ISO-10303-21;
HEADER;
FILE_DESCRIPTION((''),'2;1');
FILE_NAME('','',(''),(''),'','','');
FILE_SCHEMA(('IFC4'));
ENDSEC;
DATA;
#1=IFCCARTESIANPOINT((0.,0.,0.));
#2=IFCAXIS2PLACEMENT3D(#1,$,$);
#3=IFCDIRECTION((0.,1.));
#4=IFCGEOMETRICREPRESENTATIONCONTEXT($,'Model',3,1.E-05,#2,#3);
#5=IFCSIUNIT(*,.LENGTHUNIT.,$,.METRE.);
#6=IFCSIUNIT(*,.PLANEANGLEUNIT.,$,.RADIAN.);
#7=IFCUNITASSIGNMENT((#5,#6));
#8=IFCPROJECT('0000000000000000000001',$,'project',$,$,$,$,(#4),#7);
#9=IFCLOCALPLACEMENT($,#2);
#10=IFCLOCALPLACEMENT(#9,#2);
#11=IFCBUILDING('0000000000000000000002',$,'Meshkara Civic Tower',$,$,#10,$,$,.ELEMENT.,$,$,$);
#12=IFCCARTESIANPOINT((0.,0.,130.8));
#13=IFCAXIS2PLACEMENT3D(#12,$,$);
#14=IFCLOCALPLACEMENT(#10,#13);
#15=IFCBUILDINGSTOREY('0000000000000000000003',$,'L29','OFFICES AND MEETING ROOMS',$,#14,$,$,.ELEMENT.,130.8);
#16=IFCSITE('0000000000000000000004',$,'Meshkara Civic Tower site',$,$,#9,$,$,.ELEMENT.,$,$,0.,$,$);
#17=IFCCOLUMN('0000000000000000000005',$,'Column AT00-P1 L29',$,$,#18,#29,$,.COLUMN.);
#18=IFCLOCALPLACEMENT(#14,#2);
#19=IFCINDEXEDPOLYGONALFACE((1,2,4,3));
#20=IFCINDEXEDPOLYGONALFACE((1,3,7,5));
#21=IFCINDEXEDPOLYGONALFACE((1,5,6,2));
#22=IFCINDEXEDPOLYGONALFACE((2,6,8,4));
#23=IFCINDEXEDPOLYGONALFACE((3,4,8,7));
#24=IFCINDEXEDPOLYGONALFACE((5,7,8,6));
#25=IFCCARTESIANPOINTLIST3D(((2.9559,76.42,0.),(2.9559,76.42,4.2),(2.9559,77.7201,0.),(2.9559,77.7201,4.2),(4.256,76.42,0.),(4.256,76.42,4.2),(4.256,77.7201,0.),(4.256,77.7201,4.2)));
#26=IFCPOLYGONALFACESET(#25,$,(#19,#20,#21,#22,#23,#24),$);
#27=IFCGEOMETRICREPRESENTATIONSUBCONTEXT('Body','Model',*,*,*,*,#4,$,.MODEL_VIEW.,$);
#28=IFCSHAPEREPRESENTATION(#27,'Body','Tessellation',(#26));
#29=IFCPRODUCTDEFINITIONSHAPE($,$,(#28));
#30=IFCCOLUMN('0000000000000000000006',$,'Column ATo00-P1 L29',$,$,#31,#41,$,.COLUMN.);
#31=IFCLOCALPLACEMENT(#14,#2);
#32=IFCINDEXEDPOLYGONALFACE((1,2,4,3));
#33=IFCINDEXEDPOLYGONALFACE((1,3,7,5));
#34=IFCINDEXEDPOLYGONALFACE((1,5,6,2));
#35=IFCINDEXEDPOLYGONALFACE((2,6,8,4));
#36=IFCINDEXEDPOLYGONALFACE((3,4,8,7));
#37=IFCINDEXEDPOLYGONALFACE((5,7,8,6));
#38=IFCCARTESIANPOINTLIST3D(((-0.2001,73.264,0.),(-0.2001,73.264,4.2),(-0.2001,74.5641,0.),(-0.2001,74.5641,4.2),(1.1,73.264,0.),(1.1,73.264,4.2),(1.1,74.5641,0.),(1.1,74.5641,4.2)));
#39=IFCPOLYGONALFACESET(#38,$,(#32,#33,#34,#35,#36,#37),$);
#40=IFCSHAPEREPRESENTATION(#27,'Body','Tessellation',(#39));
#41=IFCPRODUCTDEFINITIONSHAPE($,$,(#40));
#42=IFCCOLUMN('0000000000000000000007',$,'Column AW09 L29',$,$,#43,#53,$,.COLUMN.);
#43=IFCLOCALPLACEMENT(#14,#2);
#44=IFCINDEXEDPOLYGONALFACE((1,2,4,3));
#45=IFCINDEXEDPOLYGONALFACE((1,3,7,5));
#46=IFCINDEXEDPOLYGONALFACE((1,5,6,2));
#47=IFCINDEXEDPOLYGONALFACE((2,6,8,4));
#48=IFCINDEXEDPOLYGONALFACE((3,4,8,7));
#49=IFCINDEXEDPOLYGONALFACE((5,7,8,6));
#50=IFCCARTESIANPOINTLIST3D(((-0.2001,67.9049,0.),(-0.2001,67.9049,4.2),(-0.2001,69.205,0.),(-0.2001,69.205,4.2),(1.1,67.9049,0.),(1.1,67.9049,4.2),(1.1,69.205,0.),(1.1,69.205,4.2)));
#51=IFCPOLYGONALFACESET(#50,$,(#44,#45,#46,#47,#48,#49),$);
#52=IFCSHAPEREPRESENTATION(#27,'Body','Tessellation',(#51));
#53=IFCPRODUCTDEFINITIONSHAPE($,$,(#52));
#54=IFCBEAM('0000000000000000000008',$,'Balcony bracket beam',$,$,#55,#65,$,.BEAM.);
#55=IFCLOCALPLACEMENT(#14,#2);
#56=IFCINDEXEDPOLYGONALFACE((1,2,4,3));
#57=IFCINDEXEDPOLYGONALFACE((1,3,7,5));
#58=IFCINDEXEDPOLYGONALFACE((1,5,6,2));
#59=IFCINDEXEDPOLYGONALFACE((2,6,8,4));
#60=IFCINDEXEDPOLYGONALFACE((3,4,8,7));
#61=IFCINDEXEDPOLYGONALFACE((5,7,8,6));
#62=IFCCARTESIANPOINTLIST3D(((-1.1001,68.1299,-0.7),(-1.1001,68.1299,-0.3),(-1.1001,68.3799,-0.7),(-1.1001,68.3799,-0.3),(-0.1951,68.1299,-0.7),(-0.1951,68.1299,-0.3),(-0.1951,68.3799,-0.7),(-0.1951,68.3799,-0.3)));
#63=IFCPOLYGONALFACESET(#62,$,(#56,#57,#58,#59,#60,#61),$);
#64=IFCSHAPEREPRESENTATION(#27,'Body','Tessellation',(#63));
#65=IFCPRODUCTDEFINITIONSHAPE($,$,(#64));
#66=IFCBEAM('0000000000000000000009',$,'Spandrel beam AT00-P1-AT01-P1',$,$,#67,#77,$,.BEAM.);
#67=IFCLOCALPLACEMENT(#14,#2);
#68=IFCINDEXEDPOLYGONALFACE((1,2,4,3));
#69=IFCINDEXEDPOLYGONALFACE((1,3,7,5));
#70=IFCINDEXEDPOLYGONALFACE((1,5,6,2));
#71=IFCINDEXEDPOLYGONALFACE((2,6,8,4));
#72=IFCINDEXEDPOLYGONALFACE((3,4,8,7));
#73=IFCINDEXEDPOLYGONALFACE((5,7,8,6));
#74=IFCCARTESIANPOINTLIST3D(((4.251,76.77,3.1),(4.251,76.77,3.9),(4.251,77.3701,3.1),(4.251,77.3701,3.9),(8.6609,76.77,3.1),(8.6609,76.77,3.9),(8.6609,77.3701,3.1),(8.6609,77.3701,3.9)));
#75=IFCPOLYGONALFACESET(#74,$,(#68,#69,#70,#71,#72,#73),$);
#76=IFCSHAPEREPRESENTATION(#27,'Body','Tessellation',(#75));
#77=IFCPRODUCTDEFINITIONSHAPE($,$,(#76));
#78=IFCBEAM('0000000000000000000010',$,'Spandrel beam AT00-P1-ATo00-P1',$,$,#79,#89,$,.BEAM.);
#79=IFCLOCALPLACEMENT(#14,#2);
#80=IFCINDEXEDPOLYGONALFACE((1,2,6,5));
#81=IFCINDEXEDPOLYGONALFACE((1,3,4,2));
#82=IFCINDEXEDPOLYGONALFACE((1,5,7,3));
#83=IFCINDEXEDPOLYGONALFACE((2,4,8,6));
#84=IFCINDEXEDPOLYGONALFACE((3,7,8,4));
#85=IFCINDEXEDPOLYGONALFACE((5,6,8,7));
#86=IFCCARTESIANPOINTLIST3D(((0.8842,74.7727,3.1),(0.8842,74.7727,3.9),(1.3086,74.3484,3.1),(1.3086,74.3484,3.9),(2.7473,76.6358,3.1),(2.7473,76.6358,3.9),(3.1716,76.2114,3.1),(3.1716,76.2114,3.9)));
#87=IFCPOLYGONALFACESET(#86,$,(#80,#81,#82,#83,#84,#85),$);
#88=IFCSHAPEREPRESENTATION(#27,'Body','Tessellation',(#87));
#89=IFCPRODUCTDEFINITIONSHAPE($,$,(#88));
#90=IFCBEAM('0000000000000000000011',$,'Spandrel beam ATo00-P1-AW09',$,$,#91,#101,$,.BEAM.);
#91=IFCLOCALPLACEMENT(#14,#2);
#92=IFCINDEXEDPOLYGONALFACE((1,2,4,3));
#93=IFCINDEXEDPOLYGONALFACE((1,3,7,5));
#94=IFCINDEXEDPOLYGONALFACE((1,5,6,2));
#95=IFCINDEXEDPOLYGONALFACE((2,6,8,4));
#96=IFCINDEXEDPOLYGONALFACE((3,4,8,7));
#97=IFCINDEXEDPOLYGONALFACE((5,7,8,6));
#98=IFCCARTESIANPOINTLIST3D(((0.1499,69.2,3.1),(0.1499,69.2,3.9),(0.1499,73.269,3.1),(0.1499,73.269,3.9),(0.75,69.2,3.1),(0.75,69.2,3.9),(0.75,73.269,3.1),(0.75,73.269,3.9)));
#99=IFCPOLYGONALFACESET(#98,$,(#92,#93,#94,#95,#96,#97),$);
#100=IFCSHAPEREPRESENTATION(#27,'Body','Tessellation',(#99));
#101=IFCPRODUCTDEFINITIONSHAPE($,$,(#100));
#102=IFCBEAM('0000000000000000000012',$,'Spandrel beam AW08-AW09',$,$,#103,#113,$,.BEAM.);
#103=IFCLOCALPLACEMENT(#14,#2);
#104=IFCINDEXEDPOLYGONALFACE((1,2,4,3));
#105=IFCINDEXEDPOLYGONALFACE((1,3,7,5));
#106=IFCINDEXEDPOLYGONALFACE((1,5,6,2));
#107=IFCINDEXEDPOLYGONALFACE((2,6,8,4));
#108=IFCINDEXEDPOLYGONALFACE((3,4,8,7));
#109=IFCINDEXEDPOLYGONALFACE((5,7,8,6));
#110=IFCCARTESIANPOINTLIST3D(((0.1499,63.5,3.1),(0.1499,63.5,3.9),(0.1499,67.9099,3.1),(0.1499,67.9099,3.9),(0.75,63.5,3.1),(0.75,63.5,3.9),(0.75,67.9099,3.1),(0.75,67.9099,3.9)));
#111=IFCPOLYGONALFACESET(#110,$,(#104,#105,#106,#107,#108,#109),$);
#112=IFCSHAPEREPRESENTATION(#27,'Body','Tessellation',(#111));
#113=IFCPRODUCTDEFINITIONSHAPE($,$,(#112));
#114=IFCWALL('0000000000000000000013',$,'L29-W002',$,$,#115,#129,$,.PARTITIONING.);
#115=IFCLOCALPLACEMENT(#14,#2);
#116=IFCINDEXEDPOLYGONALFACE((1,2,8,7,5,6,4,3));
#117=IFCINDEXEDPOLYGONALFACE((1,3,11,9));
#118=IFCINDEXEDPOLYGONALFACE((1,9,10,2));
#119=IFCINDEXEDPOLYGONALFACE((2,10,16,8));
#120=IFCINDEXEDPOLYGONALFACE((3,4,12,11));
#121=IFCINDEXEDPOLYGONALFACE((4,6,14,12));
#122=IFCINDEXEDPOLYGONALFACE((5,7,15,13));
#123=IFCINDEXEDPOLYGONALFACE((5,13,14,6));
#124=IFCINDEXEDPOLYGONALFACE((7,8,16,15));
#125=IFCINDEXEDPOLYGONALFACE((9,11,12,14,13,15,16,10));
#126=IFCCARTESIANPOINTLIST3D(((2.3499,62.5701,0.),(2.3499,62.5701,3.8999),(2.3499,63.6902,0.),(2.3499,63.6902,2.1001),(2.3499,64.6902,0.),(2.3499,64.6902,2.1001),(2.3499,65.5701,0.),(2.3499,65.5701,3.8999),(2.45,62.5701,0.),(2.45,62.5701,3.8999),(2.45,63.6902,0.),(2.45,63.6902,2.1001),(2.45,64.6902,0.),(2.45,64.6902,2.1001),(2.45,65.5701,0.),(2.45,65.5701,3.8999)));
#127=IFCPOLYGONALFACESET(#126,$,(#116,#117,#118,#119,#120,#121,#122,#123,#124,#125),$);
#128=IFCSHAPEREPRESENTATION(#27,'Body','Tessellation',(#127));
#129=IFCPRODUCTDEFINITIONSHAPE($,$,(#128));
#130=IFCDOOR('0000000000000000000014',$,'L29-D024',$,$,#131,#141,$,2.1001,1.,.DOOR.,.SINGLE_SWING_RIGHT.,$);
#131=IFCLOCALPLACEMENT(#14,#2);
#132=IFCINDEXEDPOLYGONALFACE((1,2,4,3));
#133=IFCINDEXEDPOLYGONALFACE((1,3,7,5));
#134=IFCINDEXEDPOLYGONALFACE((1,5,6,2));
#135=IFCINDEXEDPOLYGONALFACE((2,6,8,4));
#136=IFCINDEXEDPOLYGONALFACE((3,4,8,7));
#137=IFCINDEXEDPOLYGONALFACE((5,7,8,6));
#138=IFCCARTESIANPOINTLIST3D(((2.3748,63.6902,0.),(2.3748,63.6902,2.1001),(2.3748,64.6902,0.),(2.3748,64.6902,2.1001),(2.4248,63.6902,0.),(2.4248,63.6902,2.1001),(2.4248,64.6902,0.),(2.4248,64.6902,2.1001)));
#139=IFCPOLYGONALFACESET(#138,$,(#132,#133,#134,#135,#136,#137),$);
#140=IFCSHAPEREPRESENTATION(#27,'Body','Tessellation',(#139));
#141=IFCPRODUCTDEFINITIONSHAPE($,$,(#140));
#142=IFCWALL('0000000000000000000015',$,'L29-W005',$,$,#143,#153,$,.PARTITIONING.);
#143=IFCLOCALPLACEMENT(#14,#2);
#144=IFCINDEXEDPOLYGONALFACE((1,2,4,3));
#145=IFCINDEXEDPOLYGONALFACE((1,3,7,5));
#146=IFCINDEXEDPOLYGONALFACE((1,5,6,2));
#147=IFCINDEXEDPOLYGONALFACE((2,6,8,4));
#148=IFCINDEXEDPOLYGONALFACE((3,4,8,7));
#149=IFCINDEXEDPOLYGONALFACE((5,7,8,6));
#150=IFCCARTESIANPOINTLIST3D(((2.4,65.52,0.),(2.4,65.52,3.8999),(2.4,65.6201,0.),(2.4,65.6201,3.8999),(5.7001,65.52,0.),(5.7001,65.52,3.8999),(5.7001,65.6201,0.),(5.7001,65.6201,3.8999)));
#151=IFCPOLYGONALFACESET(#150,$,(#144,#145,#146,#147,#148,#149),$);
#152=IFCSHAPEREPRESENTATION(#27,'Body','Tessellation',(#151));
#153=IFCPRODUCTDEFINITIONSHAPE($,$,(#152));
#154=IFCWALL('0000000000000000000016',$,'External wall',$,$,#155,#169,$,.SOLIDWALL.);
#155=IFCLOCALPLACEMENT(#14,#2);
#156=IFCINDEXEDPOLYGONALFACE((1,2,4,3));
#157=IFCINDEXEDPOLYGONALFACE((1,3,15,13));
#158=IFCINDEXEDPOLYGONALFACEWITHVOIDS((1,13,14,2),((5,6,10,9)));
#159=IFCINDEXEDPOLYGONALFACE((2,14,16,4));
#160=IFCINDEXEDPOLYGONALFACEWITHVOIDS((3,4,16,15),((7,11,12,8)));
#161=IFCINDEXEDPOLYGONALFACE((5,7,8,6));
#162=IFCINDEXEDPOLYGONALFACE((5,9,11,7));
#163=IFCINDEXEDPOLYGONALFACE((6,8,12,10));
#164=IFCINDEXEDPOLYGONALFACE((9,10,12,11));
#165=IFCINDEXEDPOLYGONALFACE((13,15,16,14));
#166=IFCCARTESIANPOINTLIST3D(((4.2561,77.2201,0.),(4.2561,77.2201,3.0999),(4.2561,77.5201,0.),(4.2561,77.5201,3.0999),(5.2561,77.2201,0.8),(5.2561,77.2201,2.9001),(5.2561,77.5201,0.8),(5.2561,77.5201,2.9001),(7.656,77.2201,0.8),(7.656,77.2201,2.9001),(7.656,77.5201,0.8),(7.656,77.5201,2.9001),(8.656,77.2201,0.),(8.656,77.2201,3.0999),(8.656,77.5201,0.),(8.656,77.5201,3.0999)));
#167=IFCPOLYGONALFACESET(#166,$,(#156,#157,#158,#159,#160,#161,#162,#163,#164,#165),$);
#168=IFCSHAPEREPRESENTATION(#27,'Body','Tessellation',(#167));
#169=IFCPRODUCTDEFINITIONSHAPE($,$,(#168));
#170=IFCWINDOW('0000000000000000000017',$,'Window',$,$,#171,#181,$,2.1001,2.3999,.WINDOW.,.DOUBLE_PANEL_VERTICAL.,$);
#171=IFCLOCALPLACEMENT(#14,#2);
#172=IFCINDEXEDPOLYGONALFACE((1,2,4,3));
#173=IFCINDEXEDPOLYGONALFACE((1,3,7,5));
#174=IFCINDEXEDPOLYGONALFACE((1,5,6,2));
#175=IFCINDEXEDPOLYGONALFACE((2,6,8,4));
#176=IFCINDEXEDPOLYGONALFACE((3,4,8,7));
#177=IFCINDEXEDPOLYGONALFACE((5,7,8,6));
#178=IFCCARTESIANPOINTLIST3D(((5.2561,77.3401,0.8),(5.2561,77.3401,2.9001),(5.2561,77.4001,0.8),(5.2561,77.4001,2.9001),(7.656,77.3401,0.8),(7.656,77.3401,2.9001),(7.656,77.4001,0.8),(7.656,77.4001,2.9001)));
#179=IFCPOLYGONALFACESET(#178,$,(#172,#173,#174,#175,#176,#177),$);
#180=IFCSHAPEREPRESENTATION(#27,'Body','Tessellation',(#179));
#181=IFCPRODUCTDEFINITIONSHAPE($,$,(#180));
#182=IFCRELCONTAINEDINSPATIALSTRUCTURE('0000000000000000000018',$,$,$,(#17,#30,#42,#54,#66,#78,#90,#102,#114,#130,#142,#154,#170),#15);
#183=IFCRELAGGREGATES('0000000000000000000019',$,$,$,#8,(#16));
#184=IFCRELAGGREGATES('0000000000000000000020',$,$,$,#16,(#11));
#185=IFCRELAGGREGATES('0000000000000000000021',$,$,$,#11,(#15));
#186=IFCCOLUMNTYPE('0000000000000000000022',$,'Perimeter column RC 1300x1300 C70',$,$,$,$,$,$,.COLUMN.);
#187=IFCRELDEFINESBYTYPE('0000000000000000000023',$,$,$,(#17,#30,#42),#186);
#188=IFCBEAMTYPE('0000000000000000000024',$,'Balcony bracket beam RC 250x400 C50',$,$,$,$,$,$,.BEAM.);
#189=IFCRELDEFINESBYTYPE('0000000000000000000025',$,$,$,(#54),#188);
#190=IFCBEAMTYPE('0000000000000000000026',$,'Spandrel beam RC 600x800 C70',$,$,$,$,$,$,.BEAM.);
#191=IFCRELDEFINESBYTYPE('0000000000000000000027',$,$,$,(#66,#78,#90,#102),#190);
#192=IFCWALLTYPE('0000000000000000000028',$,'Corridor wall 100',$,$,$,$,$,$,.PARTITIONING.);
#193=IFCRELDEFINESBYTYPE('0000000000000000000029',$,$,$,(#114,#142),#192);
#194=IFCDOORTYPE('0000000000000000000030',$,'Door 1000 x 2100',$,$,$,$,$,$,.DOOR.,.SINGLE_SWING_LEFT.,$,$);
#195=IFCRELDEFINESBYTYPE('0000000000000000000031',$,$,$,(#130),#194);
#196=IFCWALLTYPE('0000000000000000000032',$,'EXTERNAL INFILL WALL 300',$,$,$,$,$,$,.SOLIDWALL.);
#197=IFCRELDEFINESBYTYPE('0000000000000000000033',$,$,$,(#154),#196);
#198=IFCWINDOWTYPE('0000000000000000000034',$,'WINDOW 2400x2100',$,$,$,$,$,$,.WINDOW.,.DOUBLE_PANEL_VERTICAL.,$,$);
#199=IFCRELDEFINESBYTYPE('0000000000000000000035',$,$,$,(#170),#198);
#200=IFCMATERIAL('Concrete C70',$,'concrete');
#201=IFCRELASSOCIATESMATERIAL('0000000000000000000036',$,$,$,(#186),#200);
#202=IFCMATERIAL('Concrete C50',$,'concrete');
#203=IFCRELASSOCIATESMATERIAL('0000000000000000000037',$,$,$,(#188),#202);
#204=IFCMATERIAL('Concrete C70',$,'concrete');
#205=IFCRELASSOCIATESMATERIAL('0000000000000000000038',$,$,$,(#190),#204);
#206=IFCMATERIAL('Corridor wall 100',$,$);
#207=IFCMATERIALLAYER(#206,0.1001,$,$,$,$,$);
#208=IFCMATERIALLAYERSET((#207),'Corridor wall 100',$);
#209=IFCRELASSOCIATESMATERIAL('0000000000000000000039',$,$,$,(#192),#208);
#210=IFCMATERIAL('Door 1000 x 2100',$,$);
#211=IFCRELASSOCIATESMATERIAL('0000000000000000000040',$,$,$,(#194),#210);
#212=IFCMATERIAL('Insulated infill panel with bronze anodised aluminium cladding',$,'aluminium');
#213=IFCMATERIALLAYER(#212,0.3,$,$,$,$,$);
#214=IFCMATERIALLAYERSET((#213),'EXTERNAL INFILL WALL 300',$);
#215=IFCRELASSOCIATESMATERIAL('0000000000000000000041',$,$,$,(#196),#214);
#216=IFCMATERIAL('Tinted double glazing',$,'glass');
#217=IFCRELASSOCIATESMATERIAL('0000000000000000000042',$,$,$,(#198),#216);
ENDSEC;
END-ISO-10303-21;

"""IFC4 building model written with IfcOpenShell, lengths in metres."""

from ifc_helpers import new_model, si_unit, direction, frame, frame_2d, origin, origin_2d, place, context, subcontext, project, spatial, rectangle, extrude, material, layer, layer_set, material_profile, profile_set, type_object, element, fill, save


model = new_model("IFC4")

# Units and contexts
model_context = context("Model", 3, precision=1e-05, world=origin(), true_north=direction((0.0, 1.0)))
body_context = subcontext(model_context, "Body", "Model", "MODEL_VIEW")
ifc_project = project(units=[si_unit("LENGTHUNIT", "METRE"), si_unit("PLANEANGLEUNIT", "RADIAN")], contexts=[model_context])

# Site, building, storey
site_placement = place(None, origin())
site = spatial("IfcSite", under=ifc_project, at=site_placement, Name="Meshkara Civic Tower site", CompositionType="ELEMENT", RefElevation=0.0)
building_placement = place(site_placement, origin())
building = spatial("IfcBuilding", under=site, at=building_placement, Name="Meshkara Civic Tower", CompositionType="ELEMENT")
storey_placement = place(building_placement, frame((0.0, 0.0, 130.8)))
storey = spatial("IfcBuildingStorey", under=building, at=storey_placement, Name="L29", Description="OFFICES AND MEETING ROOMS", CompositionType="ELEMENT", Elevation=130.8)

# Columns
ifc_material_1 = material(Name="Concrete C70", Category="concrete")
ifc_material_profile_1 = material_profile(ifc_material_1, rectangle(XDim=1.3, YDim=1.3, at=origin_2d()))
ifc_profile_set_1 = profile_set([ifc_material_profile_1], Name="Concrete C70")
column_type = type_object("IfcColumnType", Name="Perimeter column RC 1300x1300 C70", PredefinedType="COLUMN", material=ifc_profile_set_1)
for number, where, z_axis, x_axis, name in (
    (1, (3.606, 77.0701, 0.0), (0.0, 0.0, 1.0), (1.0, 0.0, 0.0), "Column AT00-P1 L29"),
    (2, (0.45, 73.9141, 0.0), (0.0, 0.0, 1.0), (1.0, 0.0, 0.0), "Column ATo00-P1 L29"),
    (3, (0.45, 68.5549, 0.0), (0.0, 0.0, 1.0), (1.0, 0.0, 0.0), "Column AW09 L29"),
):
    element("IfcColumn", number, at=place(storey_placement, frame(where, z_axis=z_axis, x_axis=x_axis)), inside=storey, type_object=column_type, Name=name, PredefinedType="COLUMN", context=body_context, shape_type="SweptSolid", body=[
        extrude(rectangle(XDim=1.3, YDim=1.3, at=origin_2d()), origin(), (0.0, 0.0, 1.0), 4.2),
    ])

# Beams
ifc_material_2 = material(Name="Concrete C50", Category="concrete")
ifc_material_profile_2 = material_profile(ifc_material_2, rectangle(XDim=0.25, YDim=0.3999, at=origin_2d()))
ifc_profile_set_2 = profile_set([ifc_material_profile_2], Name="Concrete C50")
beam_type_1 = type_object("IfcBeamType", Name="Balcony bracket beam RC 250x400 C50", PredefinedType="BEAM", material=ifc_profile_set_2)
beam_1_placement = place(storey_placement, frame((-0.1951, 68.2549, -0.5), z_axis=(-1.0, 0.0, 0.0), x_axis=(0.0, -1.0, 0.0)))
element("IfcBeam", 4, at=beam_1_placement, inside=storey, type_object=beam_type_1, Name="Balcony bracket beam", PredefinedType="BEAM", context=body_context, shape_type="SweptSolid", body=[
    extrude(rectangle(XDim=0.25, YDim=0.3999, at=origin_2d()), origin(), (0.0, 0.0, 1.0), 0.905),
])
ifc_material_3 = material(Name="Concrete C70", Category="concrete")
ifc_material_profile_3 = material_profile(ifc_material_3, rectangle(XDim=0.6001, YDim=0.8, at=origin_2d()))
ifc_profile_set_3 = profile_set([ifc_material_profile_3], Name="Concrete C70")
beam_type_2 = type_object("IfcBeamType", Name="Spandrel beam RC 600x800 C70", PredefinedType="BEAM", material=ifc_profile_set_3)
beam_2_placement = place(storey_placement, frame((8.6609, 77.0701, 3.5), z_axis=(-1.0, 0.0, 0.0), x_axis=(0.0, -1.0, 0.0)))
element("IfcBeam", 5, at=beam_2_placement, inside=storey, type_object=beam_type_2, Name="Spandrel beam AT00-P1-AT01-P1", PredefinedType="BEAM", context=body_context, shape_type="SweptSolid", body=[
    extrude(rectangle(XDim=0.6001, YDim=0.8, at=origin_2d()), origin(), (0.0, 0.0, 1.0), 4.4099),
])
beam_3_placement = place(storey_placement, frame((2.9595, 76.4236, 3.5), z_axis=(-0.707107, -0.707107, 0.0), x_axis=(0.707107, -0.707107, 0.0)))
element("IfcBeam", 6, at=beam_3_placement, inside=storey, type_object=beam_type_2, Name="Spandrel beam AT00-P1-ATo00-P1", PredefinedType="BEAM", context=body_context, shape_type="SweptSolid", body=[
    extrude(rectangle(XDim=0.6001, YDim=0.8, at=origin_2d()), origin(), (0.0, 0.0, 1.0), 2.6348),
])
beam_4_placement = place(storey_placement, frame((0.45, 73.269, 3.5), z_axis=(0.0, -1.0, 0.0), x_axis=(1.0, 0.0, 0.0)))
element("IfcBeam", 7, at=beam_4_placement, inside=storey, type_object=beam_type_2, Name="Spandrel beam ATo00-P1-AW09", PredefinedType="BEAM", context=body_context, shape_type="SweptSolid", body=[
    extrude(rectangle(XDim=0.6001, YDim=0.8, at=origin_2d()), origin(), (0.0, 0.0, 1.0), 4.0691),
])
beam_5_placement = place(storey_placement, frame((0.45, 67.9099, 3.5), z_axis=(0.0, -1.0, 0.0), x_axis=(1.0, 0.0, 0.0)))
element("IfcBeam", 8, at=beam_5_placement, inside=storey, type_object=beam_type_2, Name="Spandrel beam AW08-AW09", PredefinedType="BEAM", context=body_context, shape_type="SweptSolid", body=[
    extrude(rectangle(XDim=0.6001, YDim=0.8, at=origin_2d()), origin(), (0.0, 0.0, 1.0), 4.4099),
])

# Wall, opening, door
ifc_material_4 = material(Name="Corridor wall 100")
ifc_layer_1 = layer(ifc_material_4, 0.1001)
ifc_layer_set_1 = layer_set([ifc_layer_1], Name="Corridor wall 100")
wall_type_1 = type_object("IfcWallType", Name="Corridor wall 100", PredefinedType="PARTITIONING", material=ifc_layer_set_1)
wall_1_placement = place(storey_placement, frame((2.3999, 65.5701, 0.0), z_axis=(0.0, 0.0, 1.0), x_axis=(0.0, -1.0, 0.0)))
wall_1 = element("IfcWall", 9, at=wall_1_placement, inside=storey, type_object=wall_type_1, Name="L29-W002", PredefinedType="PARTITIONING", context=body_context, shape_type="SweptSolid", body=[
    extrude(rectangle(XDim=3.0, YDim=0.1001, at=frame_2d((1.5, 0.0))), origin(), (0.0, 0.0, 1.0), 3.8999),
])
opening_1_placement = place(wall_1_placement, frame((0.8799, 0.0, 0.0)))
opening_1 = element("IfcOpeningElement", 10, at=opening_1_placement, cuts=wall_1, PredefinedType="OPENING", context=body_context, shape_type="SweptSolid", body=[
    extrude(rectangle(XDim=1.0, YDim=2.1001, at=frame_2d((0.5, 1.05))), frame((0.0, 0.0601, 0.0), z_axis=(0.0, -1.0, 0.0), x_axis=(1.0, 0.0, 0.0)), (0.0, 0.0, 1.0), 0.1201),
])
ifc_material_5 = material(Name="Door 1000 x 2100")
door_type_1 = type_object("IfcDoorType", Name="Door 1000 x 2100", OperationType="SINGLE_SWING_LEFT", PredefinedType="DOOR", material=ifc_material_5)
door_1_placement = place(opening_1_placement, origin())
door_1 = element("IfcDoor", 11, at=door_1_placement, inside=storey, type_object=door_type_1, Name="L29-D024", OperationType="SINGLE_SWING_RIGHT", OverallHeight=2.1001, OverallWidth=1.0, PredefinedType="DOOR", context=body_context, shape_type="SweptSolid", body=[
    extrude(rectangle(XDim=1.0, YDim=2.1001, at=frame_2d((0.5, 1.05))), frame((0.0, 0.0249, 0.0), z_axis=(0.0, -1.0, 0.0), x_axis=(1.0, 0.0, 0.0)), (0.0, 0.0, 1.0), 0.05),
])
fill(opening_1, door_1)

# Wall
wall_2_placement = place(storey_placement, frame((5.7, 65.5701, 0.0), z_axis=(0.0, 0.0, 1.0), x_axis=(-1.0, 0.0, 0.0)))
element("IfcWall", 12, at=wall_2_placement, inside=storey, type_object=wall_type_1, Name="L29-W005", PredefinedType="PARTITIONING", context=body_context, shape_type="SweptSolid", body=[
    extrude(rectangle(XDim=3.3, YDim=0.1001, at=frame_2d((1.6499, 0.0))), origin(), (0.0, 0.0, 1.0), 3.8999),
])

# Wall, opening, window
ifc_material_6 = material(Name="Insulated infill panel with bronze anodised aluminium cladding", Category="aluminium")
ifc_layer_2 = layer(ifc_material_6, 0.3)
ifc_layer_set_2 = layer_set([ifc_layer_2], Name="EXTERNAL INFILL WALL 300")
wall_type_2 = type_object("IfcWallType", Name="EXTERNAL INFILL WALL 300", PredefinedType="SOLIDWALL", material=ifc_layer_set_2)
wall_3_placement = place(storey_placement, frame((8.656, 77.3701, 0.0), z_axis=(0.0, 0.0, 1.0), x_axis=(-1.0, 0.0, 0.0)))
wall_3 = element("IfcWall", 13, at=wall_3_placement, inside=storey, type_object=wall_type_2, Name="External wall", PredefinedType="SOLIDWALL", context=body_context, shape_type="SweptSolid", body=[
    extrude(rectangle(XDim=4.3999, YDim=0.3, at=frame_2d((2.2, 0.0))), origin(), (0.0, 0.0, 1.0), 3.0999),
])
opening_2_placement = place(wall_3_placement, frame((1.0, 0.0, 0.8)))
opening_2 = element("IfcOpeningElement", 14, at=opening_2_placement, cuts=wall_3, PredefinedType="OPENING", context=body_context, shape_type="SweptSolid", body=[
    extrude(rectangle(XDim=2.3999, YDim=2.1001, at=frame_2d((1.2, 1.05))), frame((0.0, 0.1599, 0.0), z_axis=(0.0, -1.0, 0.0), x_axis=(1.0, 0.0, 0.0)), (0.0, 0.0, 1.0), 0.3201),
])
ifc_material_7 = material(Name="Tinted double glazing", Category="glass")
window_type_1 = type_object("IfcWindowType", Name="WINDOW 2400x2100", PartitioningType="DOUBLE_PANEL_VERTICAL", PredefinedType="WINDOW", material=ifc_material_7)
window_1_placement = place(opening_2_placement, origin())
window_1 = element("IfcWindow", 15, at=window_1_placement, inside=storey, type_object=window_type_1, Name="Window", OverallHeight=2.1001, OverallWidth=2.3999, PartitioningType="DOUBLE_PANEL_VERTICAL", PredefinedType="WINDOW", context=body_context, shape_type="SweptSolid", body=[
    extrude(rectangle(XDim=2.3999, YDim=2.1001, at=frame_2d((1.2, 1.05))), frame((0.0, 0.03, 0.0), z_axis=(0.0, -1.0, 0.0), x_axis=(1.0, 0.0, 0.0)), (0.0, 0.0, 1.0), 0.0601),
])
fill(opening_2, window_1)

save(model, "model.ifc")
